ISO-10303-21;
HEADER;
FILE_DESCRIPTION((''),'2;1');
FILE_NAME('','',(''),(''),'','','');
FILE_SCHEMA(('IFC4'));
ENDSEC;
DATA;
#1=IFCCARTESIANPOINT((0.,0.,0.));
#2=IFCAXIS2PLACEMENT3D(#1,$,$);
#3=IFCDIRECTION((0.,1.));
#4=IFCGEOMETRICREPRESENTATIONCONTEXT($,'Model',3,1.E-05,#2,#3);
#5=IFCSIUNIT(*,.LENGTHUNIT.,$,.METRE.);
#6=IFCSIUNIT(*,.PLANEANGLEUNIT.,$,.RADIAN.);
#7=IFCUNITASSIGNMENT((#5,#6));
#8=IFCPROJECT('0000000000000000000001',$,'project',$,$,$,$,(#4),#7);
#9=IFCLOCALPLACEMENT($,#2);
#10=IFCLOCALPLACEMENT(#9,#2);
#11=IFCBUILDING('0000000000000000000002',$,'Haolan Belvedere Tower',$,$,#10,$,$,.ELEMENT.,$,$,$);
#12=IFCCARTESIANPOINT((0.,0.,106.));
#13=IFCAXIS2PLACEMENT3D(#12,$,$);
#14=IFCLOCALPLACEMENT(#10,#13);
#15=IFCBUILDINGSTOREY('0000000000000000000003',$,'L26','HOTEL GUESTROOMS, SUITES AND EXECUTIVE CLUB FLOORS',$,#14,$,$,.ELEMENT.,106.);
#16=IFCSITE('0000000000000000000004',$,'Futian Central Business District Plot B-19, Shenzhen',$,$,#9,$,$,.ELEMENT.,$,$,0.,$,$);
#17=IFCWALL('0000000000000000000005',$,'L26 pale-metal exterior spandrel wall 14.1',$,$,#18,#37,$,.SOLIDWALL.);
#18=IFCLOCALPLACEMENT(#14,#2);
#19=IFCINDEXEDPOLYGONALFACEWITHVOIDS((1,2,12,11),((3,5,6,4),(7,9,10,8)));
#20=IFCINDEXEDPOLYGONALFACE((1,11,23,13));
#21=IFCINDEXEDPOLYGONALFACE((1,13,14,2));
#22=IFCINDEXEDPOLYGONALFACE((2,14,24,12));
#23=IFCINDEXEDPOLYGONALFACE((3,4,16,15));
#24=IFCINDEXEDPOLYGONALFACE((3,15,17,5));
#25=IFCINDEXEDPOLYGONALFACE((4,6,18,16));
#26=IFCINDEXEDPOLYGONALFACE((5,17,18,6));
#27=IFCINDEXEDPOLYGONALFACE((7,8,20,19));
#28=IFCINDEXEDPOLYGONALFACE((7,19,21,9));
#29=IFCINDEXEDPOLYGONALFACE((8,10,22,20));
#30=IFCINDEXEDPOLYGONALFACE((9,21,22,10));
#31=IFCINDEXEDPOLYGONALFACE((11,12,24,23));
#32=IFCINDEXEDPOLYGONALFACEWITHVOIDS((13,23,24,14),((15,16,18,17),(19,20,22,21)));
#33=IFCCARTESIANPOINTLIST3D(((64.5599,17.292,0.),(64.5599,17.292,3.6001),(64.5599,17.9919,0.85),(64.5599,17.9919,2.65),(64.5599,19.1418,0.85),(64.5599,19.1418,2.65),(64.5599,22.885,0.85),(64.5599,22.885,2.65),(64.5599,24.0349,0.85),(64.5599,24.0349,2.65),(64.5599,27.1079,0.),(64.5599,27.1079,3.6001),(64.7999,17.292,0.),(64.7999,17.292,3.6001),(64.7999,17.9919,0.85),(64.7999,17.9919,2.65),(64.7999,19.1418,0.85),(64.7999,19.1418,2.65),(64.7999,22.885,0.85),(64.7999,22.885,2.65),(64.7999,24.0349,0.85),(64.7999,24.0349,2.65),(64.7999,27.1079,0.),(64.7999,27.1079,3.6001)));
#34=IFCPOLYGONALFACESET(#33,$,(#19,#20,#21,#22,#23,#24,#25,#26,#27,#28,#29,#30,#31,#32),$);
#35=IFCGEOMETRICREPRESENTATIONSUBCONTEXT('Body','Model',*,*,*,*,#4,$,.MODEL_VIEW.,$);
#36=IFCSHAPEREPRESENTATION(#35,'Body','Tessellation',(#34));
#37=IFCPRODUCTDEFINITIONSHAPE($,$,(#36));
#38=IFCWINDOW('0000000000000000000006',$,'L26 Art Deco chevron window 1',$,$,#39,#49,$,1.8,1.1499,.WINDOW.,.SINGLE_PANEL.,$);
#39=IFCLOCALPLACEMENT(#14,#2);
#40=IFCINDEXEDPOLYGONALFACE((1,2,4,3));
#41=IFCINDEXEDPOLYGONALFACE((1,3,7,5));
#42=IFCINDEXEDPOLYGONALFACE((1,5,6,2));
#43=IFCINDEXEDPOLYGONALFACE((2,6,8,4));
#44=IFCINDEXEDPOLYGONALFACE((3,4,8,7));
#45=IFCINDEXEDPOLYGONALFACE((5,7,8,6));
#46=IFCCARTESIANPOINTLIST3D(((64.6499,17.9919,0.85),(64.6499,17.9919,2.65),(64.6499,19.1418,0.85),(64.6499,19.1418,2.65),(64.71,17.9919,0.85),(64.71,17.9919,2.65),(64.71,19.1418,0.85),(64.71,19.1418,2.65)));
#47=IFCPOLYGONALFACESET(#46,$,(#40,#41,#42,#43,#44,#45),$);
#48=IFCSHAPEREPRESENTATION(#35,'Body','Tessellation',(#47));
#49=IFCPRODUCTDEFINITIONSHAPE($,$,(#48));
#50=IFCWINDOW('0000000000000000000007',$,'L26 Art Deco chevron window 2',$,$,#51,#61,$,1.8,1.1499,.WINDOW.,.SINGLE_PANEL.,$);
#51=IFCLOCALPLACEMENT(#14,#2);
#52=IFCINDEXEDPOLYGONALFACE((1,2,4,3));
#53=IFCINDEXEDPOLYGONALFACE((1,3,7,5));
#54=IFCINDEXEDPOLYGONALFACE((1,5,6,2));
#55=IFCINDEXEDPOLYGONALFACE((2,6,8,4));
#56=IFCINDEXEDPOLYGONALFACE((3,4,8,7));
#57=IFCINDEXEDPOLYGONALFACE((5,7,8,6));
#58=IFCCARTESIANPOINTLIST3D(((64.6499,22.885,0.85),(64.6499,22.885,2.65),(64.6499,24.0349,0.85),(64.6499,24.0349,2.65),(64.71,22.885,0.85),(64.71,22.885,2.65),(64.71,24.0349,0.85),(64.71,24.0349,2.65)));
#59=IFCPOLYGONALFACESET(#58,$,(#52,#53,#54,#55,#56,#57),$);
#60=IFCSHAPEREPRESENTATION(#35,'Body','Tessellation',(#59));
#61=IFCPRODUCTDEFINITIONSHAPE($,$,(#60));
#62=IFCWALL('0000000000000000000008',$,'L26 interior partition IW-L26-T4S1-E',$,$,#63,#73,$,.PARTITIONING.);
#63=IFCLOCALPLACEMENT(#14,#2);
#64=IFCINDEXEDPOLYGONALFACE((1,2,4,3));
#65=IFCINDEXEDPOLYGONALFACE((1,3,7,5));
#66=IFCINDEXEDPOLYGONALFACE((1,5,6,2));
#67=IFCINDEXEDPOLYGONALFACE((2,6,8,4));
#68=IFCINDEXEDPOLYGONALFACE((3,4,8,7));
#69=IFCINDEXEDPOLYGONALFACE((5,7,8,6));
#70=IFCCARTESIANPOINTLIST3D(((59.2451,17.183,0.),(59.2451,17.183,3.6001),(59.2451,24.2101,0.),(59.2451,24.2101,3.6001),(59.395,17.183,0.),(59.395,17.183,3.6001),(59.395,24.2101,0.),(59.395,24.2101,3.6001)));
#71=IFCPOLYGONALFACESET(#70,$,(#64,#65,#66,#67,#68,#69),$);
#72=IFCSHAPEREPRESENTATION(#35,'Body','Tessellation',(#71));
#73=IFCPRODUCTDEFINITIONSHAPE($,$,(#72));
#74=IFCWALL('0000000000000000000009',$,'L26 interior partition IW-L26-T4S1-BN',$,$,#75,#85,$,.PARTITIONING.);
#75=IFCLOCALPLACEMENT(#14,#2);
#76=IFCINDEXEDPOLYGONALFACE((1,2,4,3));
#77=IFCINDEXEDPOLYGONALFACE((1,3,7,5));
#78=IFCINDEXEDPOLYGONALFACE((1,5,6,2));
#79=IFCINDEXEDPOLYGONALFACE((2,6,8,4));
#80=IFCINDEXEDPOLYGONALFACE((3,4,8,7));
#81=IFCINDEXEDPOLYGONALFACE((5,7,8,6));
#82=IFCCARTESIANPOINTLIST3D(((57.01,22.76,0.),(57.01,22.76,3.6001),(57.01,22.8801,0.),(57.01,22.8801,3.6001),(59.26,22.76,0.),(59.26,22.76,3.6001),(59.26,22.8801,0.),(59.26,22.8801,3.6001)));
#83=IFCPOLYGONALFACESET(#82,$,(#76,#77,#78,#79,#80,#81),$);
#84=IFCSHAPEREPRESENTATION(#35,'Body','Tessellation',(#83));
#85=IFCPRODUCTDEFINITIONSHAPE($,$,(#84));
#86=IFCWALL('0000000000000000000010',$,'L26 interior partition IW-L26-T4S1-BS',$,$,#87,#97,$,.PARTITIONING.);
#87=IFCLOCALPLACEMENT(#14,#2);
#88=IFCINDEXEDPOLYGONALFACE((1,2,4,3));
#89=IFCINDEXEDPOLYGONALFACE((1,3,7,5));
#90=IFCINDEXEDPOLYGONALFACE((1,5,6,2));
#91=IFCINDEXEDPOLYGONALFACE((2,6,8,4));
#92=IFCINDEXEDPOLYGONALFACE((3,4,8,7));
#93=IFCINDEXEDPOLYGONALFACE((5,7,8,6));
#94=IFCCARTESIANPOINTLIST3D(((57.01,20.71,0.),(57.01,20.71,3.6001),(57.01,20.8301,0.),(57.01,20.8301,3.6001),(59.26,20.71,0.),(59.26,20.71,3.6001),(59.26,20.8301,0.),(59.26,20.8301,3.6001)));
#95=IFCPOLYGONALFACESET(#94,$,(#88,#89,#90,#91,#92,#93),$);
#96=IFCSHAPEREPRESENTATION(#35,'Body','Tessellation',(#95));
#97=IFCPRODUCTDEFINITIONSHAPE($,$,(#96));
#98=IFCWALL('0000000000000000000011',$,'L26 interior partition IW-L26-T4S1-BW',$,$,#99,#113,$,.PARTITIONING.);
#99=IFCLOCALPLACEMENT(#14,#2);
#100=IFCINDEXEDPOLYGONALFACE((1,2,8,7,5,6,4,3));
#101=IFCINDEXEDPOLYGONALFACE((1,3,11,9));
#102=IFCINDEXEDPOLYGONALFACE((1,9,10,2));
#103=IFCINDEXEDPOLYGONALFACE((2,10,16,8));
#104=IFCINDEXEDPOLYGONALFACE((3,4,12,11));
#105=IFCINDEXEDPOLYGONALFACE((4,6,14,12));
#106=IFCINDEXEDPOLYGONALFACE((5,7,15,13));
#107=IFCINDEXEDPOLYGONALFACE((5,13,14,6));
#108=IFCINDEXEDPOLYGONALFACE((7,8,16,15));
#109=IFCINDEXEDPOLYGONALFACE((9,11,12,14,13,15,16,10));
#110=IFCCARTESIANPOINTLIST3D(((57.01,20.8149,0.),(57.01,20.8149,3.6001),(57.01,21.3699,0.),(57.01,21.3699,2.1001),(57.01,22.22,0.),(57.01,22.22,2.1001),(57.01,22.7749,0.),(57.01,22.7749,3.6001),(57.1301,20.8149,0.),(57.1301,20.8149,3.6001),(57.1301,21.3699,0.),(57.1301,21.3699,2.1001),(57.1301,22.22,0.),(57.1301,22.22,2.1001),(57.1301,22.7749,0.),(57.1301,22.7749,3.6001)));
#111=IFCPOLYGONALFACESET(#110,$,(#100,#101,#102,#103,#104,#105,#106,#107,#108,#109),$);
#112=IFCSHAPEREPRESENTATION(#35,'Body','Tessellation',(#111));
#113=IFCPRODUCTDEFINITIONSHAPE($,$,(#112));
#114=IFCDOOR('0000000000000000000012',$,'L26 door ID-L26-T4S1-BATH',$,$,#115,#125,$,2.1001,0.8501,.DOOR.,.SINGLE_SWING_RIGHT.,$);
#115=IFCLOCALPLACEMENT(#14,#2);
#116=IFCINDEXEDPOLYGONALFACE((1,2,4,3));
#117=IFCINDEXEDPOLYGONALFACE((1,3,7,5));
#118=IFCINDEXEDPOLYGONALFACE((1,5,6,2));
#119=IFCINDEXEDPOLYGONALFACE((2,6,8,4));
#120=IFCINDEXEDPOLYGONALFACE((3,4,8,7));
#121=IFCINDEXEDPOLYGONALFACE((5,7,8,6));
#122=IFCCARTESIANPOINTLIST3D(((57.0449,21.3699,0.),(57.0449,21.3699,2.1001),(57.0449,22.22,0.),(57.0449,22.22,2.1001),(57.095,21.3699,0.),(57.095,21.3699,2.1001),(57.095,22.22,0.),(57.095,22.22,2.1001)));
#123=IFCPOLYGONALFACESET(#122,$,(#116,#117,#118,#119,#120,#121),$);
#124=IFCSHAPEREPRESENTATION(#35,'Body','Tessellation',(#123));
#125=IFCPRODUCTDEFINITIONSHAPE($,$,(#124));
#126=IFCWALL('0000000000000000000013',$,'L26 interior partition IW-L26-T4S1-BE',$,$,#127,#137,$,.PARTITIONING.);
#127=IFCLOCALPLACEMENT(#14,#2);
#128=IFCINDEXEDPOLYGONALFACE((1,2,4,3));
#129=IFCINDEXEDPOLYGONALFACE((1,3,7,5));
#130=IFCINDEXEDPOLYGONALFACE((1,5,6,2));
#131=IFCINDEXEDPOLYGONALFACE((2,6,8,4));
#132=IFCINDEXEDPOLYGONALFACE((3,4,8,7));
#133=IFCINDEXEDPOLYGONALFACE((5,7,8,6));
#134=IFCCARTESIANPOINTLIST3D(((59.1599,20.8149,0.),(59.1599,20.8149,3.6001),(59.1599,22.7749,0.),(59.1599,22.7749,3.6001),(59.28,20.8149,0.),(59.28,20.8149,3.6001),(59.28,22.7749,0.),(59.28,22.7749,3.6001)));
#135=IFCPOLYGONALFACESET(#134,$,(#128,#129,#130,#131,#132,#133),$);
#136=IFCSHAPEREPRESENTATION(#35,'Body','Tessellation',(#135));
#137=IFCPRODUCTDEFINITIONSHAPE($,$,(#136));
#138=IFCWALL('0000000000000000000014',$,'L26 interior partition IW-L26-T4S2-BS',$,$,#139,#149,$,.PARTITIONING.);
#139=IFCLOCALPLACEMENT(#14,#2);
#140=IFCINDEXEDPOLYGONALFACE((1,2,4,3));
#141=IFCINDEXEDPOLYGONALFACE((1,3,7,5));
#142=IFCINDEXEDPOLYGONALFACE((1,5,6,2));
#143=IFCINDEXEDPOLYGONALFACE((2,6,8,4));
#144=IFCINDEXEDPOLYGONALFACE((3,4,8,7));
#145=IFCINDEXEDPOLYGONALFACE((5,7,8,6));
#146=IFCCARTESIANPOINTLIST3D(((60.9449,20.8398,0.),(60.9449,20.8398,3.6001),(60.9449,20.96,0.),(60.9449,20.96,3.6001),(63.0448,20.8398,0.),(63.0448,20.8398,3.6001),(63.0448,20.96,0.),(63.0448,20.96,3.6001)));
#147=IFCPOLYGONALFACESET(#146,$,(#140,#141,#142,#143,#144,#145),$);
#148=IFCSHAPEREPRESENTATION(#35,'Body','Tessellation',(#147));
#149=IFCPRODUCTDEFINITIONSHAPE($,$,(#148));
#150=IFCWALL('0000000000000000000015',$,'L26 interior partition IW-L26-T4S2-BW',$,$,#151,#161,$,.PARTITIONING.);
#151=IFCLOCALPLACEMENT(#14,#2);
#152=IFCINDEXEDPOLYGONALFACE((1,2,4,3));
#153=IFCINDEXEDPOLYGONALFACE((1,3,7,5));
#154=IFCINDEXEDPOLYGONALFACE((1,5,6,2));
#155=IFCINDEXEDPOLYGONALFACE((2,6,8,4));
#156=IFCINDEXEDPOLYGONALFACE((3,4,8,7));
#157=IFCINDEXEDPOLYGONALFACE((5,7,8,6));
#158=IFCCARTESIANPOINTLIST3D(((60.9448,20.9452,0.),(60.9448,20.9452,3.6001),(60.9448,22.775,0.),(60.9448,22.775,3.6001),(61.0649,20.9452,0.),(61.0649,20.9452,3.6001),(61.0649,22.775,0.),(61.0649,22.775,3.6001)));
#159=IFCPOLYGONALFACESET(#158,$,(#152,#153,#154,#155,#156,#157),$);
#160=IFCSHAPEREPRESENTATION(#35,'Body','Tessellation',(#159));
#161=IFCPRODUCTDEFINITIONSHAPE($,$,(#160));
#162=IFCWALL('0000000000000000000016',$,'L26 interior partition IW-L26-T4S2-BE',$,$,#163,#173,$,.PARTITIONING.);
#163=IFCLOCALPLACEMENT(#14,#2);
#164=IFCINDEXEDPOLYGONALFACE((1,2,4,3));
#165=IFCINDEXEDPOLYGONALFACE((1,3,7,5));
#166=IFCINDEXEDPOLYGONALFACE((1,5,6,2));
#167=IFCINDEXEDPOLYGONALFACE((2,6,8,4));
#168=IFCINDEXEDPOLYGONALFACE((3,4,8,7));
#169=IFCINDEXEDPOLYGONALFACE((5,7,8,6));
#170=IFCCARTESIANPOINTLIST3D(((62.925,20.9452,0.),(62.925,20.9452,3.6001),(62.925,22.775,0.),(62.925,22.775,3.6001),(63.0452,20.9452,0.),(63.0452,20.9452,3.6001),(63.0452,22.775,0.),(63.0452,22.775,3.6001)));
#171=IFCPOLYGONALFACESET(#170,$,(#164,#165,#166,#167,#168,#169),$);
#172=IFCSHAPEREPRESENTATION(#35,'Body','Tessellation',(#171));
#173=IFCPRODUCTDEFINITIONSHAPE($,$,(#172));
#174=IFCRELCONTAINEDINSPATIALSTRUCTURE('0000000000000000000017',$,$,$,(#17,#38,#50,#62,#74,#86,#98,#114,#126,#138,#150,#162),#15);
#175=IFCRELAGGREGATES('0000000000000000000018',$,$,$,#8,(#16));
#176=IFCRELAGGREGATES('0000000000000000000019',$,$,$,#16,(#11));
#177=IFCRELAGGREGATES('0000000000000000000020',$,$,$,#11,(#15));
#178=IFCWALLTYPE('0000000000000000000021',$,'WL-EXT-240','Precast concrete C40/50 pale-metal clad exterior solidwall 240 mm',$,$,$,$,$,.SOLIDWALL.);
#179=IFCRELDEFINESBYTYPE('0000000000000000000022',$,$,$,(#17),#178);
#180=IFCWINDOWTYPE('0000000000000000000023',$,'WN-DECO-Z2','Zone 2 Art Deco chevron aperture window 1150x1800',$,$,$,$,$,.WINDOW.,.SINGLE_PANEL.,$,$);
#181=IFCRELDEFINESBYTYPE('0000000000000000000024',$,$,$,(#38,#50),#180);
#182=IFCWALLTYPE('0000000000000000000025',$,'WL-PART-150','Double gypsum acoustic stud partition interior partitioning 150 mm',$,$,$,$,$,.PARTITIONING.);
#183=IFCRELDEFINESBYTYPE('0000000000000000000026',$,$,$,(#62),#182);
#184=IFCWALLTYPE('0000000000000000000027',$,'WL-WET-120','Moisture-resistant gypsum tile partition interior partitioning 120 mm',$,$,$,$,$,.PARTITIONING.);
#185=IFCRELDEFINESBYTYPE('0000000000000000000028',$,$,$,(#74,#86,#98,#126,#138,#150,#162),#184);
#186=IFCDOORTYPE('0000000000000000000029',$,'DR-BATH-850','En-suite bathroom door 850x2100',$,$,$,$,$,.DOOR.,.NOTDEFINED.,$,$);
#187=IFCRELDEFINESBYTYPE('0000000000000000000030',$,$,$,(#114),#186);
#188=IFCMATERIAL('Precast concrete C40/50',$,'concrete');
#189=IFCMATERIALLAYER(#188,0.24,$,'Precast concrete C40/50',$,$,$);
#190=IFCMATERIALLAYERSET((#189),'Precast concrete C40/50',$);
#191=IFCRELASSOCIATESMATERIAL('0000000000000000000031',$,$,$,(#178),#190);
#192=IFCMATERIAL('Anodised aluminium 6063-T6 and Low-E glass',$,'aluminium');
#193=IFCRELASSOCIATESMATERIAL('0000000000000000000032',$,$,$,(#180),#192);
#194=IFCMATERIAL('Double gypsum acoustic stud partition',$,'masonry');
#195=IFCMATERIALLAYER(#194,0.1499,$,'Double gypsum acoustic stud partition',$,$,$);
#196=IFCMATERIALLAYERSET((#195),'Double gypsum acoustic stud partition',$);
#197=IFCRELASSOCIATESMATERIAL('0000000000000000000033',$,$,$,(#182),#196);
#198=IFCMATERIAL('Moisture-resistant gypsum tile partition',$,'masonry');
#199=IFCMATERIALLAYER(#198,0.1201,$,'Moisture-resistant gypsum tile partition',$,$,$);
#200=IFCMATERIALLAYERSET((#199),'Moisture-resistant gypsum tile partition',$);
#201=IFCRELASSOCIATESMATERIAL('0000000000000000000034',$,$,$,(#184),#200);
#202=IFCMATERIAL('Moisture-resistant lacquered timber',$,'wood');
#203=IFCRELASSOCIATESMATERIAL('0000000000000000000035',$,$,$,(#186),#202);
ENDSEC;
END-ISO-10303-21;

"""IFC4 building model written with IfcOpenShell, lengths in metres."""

from ifc_helpers import new_model, si_unit, direction, frame, frame_2d, origin, place, context, subcontext, project, spatial, rectangle, extrude, material, layer, layer_set, type_object, element, fill, save


model = new_model("IFC4")

# Units and contexts
model_context = context("Model", 3, precision=1e-05, world=origin(), true_north=direction((0.0, 1.0)))
body_context = subcontext(model_context, "Body", "Model", "MODEL_VIEW")
ifc_project = project(units=[si_unit("LENGTHUNIT", "METRE"), si_unit("PLANEANGLEUNIT", "RADIAN")], contexts=[model_context])

# Site, building, storey
site_placement = place(None, origin())
site = spatial("IfcSite", under=ifc_project, at=site_placement, Name="Futian Central Business District Plot B-19, Shenzhen", CompositionType="ELEMENT", RefElevation=0.0)
building_placement = place(site_placement, origin())
building = spatial("IfcBuilding", under=site, at=building_placement, Name="Haolan Belvedere Tower", CompositionType="ELEMENT")
storey_placement = place(building_placement, frame((0.0, 0.0, 106.0)))
storey = spatial("IfcBuildingStorey", under=building, at=storey_placement, Name="L26", Description="HOTEL GUESTROOMS, SUITES AND EXECUTIVE CLUB FLOORS", CompositionType="ELEMENT", Elevation=106.0)

# Shared definitions
ifc_material_1 = material(Name="Precast concrete C40/50", Category="concrete")
ifc_layer_1 = layer(ifc_material_1, 0.24, Name="Precast concrete C40/50")
ifc_layer_set_1 = layer_set([ifc_layer_1], Name="Precast concrete C40/50")
wall_type_1 = type_object("IfcWallType", Name="WL-EXT-240", Description="Precast concrete C40/50 pale-metal clad exterior solidwall 240 mm", PredefinedType="SOLIDWALL", material=ifc_layer_set_1)
ifc_material_2 = material(Name="Anodised aluminium 6063-T6 and Low-E glass", Category="aluminium")
window_type = type_object("IfcWindowType", Name="WN-DECO-Z2", Description="Zone 2 Art Deco chevron aperture window 1150x1800", PartitioningType="SINGLE_PANEL", PredefinedType="WINDOW", material=ifc_material_2)

# Wall, openings, windows
wall_1_placement = place(storey_placement, frame((64.6799, 17.292, 0.0), z_axis=(0.0, 0.0, 1.0), x_axis=(0.0, 1.0, 0.0)))
wall_1 = element("IfcWall", 1, at=wall_1_placement, inside=storey, type_object=wall_type_1, Name="L26 pale-metal exterior spandrel wall 14.1", PredefinedType="SOLIDWALL", context=body_context, shape_type="SweptSolid", body=[
    extrude(rectangle(XDim=9.8159, YDim=0.24, at=frame_2d((4.908, 0.0))), origin(), (0.0, 0.0, 1.0), 3.6001),
])
opening_1_placement = place(wall_1_placement, frame((0.7, 0.0, 0.8501)))
opening_1 = element("IfcOpeningElement", 2, at=opening_1_placement, cuts=wall_1, PredefinedType="OPENING", context=body_context, shape_type="SweptSolid", body=[
    extrude(rectangle(XDim=1.1499, YDim=1.8, at=frame_2d((0.575, 0.8999))), frame((0.0, 0.1299, 0.0), z_axis=(0.0, -1.0, 0.0), x_axis=(1.0, 0.0, 0.0)), (0.0, 0.0, 1.0), 0.26),
])
opening_2_placement = place(wall_1_placement, frame((5.593, 0.0, 0.8501)))
opening_2 = element("IfcOpeningElement", 3, at=opening_2_placement, cuts=wall_1, PredefinedType="OPENING", context=body_context, shape_type="SweptSolid", body=[
    extrude(rectangle(XDim=1.1499, YDim=1.8, at=frame_2d((0.575, 0.8999))), frame((0.0, 0.1299, 0.0), z_axis=(0.0, -1.0, 0.0), x_axis=(1.0, 0.0, 0.0)), (0.0, 0.0, 1.0), 0.26),
])
window_1_placement = place(opening_1_placement, origin())
window_1 = element("IfcWindow", 4, at=window_1_placement, inside=storey, type_object=window_type, Name="L26 Art Deco chevron window 1", OverallHeight=1.8, OverallWidth=1.1499, PartitioningType="SINGLE_PANEL", PredefinedType="WINDOW", context=body_context, shape_type="SweptSolid", body=[
    extrude(rectangle(XDim=1.1499, YDim=1.8, at=frame_2d((0.575, 0.8999))), frame((0.0, 0.03, 0.0), z_axis=(0.0, -1.0, 0.0), x_axis=(1.0, 0.0, 0.0)), (0.0, 0.0, 1.0), 0.0601),
])
fill(opening_1, window_1)
window_2_placement = place(opening_2_placement, origin())
window_2 = element("IfcWindow", 5, at=window_2_placement, inside=storey, type_object=window_type, Name="L26 Art Deco chevron window 2", OverallHeight=1.8, OverallWidth=1.1499, PartitioningType="SINGLE_PANEL", PredefinedType="WINDOW", context=body_context, shape_type="SweptSolid", body=[
    extrude(rectangle(XDim=1.1499, YDim=1.8, at=frame_2d((0.575, 0.8999))), frame((0.0, 0.03, 0.0), z_axis=(0.0, -1.0, 0.0), x_axis=(1.0, 0.0, 0.0)), (0.0, 0.0, 1.0), 0.0601),
])
fill(opening_2, window_2)

# Walls
ifc_material_3 = material(Name="Double gypsum acoustic stud partition", Category="masonry")
ifc_layer_2 = layer(ifc_material_3, 0.1499, Name="Double gypsum acoustic stud partition")
ifc_layer_set_2 = layer_set([ifc_layer_2], Name="Double gypsum acoustic stud partition")
wall_type_2 = type_object("IfcWallType", Name="WL-PART-150", Description="Double gypsum acoustic stud partition interior partitioning 150 mm", PredefinedType="PARTITIONING", material=ifc_layer_set_2)
wall_2_placement = place(storey_placement, frame((59.3201, 17.1829, 0.0), z_axis=(0.0, 0.0, 1.0), x_axis=(0.0, 1.0, 0.0)))
element("IfcWall", 6, at=wall_2_placement, inside=storey, type_object=wall_type_2, Name="L26 interior partition IW-L26-T4S1-E", PredefinedType="PARTITIONING", context=body_context, shape_type="SweptSolid", body=[
    extrude(rectangle(XDim=7.0271, YDim=0.1499, at=frame_2d((3.5137, 0.0))), origin(), (0.0, 0.0, 1.0), 3.6001),
])
ifc_material_4 = material(Name="Moisture-resistant gypsum tile partition", Category="masonry")
ifc_layer_3 = layer(ifc_material_4, 0.1201, Name="Moisture-resistant gypsum tile partition")
ifc_layer_set_3 = layer_set([ifc_layer_3], Name="Moisture-resistant gypsum tile partition")
wall_type_3 = type_object("IfcWallType", Name="WL-WET-120", Description="Moisture-resistant gypsum tile partition interior partitioning 120 mm", PredefinedType="PARTITIONING", material=ifc_layer_set_3)
for number, where, z_axis, x_axis, name in (
    (7, (57.01, 22.8201, 0.0), (0.0, 0.0, 1.0), (1.0, 0.0, 0.0), "L26 interior partition IW-L26-T4S1-BN"),
    (8, (57.01, 20.77, 0.0), (0.0, 0.0, 1.0), (1.0, 0.0, 0.0), "L26 interior partition IW-L26-T4S1-BS"),
):
    element("IfcWall", number, at=place(storey_placement, frame(where, z_axis=z_axis, x_axis=x_axis)), inside=storey, type_object=wall_type_3, Name=name, PredefinedType="PARTITIONING", context=body_context, shape_type="SweptSolid", body=[
        extrude(rectangle(XDim=2.25, YDim=0.1201, at=frame_2d((1.125, 0.0))), origin(), (0.0, 0.0, 1.0), 3.6001),
    ])

# Wall, opening, door
wall_3_placement = place(storey_placement, frame((57.0701, 20.8149, 0.0), z_axis=(0.0, 0.0, 1.0), x_axis=(0.0, 1.0, 0.0)))
wall_3 = element("IfcWall", 9, at=wall_3_placement, inside=storey, type_object=wall_type_3, Name="L26 interior partition IW-L26-T4S1-BW", PredefinedType="PARTITIONING", context=body_context, shape_type="SweptSolid", body=[
    extrude(rectangle(XDim=1.96, YDim=0.1201, at=frame_2d((0.98, 0.0))), origin(), (0.0, 0.0, 1.0), 3.6001),
])
opening_3_placement = place(wall_3_placement, frame((1.405, 0.0, 0.0), z_axis=(0.0, 0.0, 1.0), x_axis=(-1.0, 0.0, 0.0)))
opening_3 = element("IfcOpeningElement", 10, at=opening_3_placement, cuts=wall_3, PredefinedType="OPENING", context=body_context, shape_type="SweptSolid", body=[
    extrude(rectangle(XDim=0.8501, YDim=2.1001, at=frame_2d((0.425, 1.05))), frame((0.0, 0.0701, 0.0), z_axis=(0.0, -1.0, 0.0), x_axis=(1.0, 0.0, 0.0)), (0.0, 0.0, 1.0), 0.1401),
])
ifc_material_5 = material(Name="Moisture-resistant lacquered timber", Category="wood")
door_type = type_object("IfcDoorType", Name="DR-BATH-850", Description="En-suite bathroom door 850x2100", OperationType="NOTDEFINED", PredefinedType="DOOR", material=ifc_material_5)
door_placement = place(opening_3_placement, origin())
door = element("IfcDoor", 11, at=door_placement, inside=storey, type_object=door_type, Name="L26 door ID-L26-T4S1-BATH", OperationType="SINGLE_SWING_RIGHT", OverallHeight=2.1001, OverallWidth=0.8501, PredefinedType="DOOR", context=body_context, shape_type="SweptSolid", body=[
    extrude(rectangle(XDim=0.8501, YDim=2.1001, at=frame_2d((0.425, 1.05))), frame((0.0, 0.0249, 0.0), z_axis=(0.0, -1.0, 0.0), x_axis=(1.0, 0.0, 0.0)), (0.0, 0.0, 1.0), 0.05),
])
fill(opening_3, door)

# Walls
wall_4_placement = place(storey_placement, frame((59.22, 20.8149, 0.0), z_axis=(0.0, 0.0, 1.0), x_axis=(0.0, 1.0, 0.0)))
element("IfcWall", 12, at=wall_4_placement, inside=storey, type_object=wall_type_3, Name="L26 interior partition IW-L26-T4S1-BE", PredefinedType="PARTITIONING", context=body_context, shape_type="SweptSolid", body=[
    extrude(rectangle(XDim=1.96, YDim=0.1201, at=frame_2d((0.98, 0.0))), origin(), (0.0, 0.0, 1.0), 3.6001),
])
wall_5_placement = place(storey_placement, frame((60.9451, 20.8999, 0.0), z_axis=(0.0, 0.0, 1.0), x_axis=(1.0, 0.0, 0.0)))
element("IfcWall", 13, at=wall_5_placement, inside=storey, type_object=wall_type_3, Name="L26 interior partition IW-L26-T4S2-BS", PredefinedType="PARTITIONING", context=body_context, shape_type="SweptSolid", body=[
    extrude(rectangle(XDim=2.0999, YDim=0.1201, at=frame_2d((1.0498, 0.0))), origin(), (0.0, 0.0, 1.0), 3.6001),
])
for number, where, z_axis, x_axis, name in (
    (14, (61.0049, 20.9451, 0.0), (0.0, 0.0, 1.0), (0.0, 1.0, 0.0), "L26 interior partition IW-L26-T4S2-BW"),
    (15, (62.9851, 20.9451, 0.0), (0.0, 0.0, 1.0), (0.0, 1.0, 0.0), "L26 interior partition IW-L26-T4S2-BE"),
):
    element("IfcWall", number, at=place(storey_placement, frame(where, z_axis=z_axis, x_axis=x_axis)), inside=storey, type_object=wall_type_3, Name=name, PredefinedType="PARTITIONING", context=body_context, shape_type="SweptSolid", body=[
        extrude(rectangle(XDim=1.8298, YDim=0.1201, at=frame_2d((0.915, 0.0))), origin(), (0.0, 0.0, 1.0), 3.6001),
    ])

save(model, "model.ifc")
